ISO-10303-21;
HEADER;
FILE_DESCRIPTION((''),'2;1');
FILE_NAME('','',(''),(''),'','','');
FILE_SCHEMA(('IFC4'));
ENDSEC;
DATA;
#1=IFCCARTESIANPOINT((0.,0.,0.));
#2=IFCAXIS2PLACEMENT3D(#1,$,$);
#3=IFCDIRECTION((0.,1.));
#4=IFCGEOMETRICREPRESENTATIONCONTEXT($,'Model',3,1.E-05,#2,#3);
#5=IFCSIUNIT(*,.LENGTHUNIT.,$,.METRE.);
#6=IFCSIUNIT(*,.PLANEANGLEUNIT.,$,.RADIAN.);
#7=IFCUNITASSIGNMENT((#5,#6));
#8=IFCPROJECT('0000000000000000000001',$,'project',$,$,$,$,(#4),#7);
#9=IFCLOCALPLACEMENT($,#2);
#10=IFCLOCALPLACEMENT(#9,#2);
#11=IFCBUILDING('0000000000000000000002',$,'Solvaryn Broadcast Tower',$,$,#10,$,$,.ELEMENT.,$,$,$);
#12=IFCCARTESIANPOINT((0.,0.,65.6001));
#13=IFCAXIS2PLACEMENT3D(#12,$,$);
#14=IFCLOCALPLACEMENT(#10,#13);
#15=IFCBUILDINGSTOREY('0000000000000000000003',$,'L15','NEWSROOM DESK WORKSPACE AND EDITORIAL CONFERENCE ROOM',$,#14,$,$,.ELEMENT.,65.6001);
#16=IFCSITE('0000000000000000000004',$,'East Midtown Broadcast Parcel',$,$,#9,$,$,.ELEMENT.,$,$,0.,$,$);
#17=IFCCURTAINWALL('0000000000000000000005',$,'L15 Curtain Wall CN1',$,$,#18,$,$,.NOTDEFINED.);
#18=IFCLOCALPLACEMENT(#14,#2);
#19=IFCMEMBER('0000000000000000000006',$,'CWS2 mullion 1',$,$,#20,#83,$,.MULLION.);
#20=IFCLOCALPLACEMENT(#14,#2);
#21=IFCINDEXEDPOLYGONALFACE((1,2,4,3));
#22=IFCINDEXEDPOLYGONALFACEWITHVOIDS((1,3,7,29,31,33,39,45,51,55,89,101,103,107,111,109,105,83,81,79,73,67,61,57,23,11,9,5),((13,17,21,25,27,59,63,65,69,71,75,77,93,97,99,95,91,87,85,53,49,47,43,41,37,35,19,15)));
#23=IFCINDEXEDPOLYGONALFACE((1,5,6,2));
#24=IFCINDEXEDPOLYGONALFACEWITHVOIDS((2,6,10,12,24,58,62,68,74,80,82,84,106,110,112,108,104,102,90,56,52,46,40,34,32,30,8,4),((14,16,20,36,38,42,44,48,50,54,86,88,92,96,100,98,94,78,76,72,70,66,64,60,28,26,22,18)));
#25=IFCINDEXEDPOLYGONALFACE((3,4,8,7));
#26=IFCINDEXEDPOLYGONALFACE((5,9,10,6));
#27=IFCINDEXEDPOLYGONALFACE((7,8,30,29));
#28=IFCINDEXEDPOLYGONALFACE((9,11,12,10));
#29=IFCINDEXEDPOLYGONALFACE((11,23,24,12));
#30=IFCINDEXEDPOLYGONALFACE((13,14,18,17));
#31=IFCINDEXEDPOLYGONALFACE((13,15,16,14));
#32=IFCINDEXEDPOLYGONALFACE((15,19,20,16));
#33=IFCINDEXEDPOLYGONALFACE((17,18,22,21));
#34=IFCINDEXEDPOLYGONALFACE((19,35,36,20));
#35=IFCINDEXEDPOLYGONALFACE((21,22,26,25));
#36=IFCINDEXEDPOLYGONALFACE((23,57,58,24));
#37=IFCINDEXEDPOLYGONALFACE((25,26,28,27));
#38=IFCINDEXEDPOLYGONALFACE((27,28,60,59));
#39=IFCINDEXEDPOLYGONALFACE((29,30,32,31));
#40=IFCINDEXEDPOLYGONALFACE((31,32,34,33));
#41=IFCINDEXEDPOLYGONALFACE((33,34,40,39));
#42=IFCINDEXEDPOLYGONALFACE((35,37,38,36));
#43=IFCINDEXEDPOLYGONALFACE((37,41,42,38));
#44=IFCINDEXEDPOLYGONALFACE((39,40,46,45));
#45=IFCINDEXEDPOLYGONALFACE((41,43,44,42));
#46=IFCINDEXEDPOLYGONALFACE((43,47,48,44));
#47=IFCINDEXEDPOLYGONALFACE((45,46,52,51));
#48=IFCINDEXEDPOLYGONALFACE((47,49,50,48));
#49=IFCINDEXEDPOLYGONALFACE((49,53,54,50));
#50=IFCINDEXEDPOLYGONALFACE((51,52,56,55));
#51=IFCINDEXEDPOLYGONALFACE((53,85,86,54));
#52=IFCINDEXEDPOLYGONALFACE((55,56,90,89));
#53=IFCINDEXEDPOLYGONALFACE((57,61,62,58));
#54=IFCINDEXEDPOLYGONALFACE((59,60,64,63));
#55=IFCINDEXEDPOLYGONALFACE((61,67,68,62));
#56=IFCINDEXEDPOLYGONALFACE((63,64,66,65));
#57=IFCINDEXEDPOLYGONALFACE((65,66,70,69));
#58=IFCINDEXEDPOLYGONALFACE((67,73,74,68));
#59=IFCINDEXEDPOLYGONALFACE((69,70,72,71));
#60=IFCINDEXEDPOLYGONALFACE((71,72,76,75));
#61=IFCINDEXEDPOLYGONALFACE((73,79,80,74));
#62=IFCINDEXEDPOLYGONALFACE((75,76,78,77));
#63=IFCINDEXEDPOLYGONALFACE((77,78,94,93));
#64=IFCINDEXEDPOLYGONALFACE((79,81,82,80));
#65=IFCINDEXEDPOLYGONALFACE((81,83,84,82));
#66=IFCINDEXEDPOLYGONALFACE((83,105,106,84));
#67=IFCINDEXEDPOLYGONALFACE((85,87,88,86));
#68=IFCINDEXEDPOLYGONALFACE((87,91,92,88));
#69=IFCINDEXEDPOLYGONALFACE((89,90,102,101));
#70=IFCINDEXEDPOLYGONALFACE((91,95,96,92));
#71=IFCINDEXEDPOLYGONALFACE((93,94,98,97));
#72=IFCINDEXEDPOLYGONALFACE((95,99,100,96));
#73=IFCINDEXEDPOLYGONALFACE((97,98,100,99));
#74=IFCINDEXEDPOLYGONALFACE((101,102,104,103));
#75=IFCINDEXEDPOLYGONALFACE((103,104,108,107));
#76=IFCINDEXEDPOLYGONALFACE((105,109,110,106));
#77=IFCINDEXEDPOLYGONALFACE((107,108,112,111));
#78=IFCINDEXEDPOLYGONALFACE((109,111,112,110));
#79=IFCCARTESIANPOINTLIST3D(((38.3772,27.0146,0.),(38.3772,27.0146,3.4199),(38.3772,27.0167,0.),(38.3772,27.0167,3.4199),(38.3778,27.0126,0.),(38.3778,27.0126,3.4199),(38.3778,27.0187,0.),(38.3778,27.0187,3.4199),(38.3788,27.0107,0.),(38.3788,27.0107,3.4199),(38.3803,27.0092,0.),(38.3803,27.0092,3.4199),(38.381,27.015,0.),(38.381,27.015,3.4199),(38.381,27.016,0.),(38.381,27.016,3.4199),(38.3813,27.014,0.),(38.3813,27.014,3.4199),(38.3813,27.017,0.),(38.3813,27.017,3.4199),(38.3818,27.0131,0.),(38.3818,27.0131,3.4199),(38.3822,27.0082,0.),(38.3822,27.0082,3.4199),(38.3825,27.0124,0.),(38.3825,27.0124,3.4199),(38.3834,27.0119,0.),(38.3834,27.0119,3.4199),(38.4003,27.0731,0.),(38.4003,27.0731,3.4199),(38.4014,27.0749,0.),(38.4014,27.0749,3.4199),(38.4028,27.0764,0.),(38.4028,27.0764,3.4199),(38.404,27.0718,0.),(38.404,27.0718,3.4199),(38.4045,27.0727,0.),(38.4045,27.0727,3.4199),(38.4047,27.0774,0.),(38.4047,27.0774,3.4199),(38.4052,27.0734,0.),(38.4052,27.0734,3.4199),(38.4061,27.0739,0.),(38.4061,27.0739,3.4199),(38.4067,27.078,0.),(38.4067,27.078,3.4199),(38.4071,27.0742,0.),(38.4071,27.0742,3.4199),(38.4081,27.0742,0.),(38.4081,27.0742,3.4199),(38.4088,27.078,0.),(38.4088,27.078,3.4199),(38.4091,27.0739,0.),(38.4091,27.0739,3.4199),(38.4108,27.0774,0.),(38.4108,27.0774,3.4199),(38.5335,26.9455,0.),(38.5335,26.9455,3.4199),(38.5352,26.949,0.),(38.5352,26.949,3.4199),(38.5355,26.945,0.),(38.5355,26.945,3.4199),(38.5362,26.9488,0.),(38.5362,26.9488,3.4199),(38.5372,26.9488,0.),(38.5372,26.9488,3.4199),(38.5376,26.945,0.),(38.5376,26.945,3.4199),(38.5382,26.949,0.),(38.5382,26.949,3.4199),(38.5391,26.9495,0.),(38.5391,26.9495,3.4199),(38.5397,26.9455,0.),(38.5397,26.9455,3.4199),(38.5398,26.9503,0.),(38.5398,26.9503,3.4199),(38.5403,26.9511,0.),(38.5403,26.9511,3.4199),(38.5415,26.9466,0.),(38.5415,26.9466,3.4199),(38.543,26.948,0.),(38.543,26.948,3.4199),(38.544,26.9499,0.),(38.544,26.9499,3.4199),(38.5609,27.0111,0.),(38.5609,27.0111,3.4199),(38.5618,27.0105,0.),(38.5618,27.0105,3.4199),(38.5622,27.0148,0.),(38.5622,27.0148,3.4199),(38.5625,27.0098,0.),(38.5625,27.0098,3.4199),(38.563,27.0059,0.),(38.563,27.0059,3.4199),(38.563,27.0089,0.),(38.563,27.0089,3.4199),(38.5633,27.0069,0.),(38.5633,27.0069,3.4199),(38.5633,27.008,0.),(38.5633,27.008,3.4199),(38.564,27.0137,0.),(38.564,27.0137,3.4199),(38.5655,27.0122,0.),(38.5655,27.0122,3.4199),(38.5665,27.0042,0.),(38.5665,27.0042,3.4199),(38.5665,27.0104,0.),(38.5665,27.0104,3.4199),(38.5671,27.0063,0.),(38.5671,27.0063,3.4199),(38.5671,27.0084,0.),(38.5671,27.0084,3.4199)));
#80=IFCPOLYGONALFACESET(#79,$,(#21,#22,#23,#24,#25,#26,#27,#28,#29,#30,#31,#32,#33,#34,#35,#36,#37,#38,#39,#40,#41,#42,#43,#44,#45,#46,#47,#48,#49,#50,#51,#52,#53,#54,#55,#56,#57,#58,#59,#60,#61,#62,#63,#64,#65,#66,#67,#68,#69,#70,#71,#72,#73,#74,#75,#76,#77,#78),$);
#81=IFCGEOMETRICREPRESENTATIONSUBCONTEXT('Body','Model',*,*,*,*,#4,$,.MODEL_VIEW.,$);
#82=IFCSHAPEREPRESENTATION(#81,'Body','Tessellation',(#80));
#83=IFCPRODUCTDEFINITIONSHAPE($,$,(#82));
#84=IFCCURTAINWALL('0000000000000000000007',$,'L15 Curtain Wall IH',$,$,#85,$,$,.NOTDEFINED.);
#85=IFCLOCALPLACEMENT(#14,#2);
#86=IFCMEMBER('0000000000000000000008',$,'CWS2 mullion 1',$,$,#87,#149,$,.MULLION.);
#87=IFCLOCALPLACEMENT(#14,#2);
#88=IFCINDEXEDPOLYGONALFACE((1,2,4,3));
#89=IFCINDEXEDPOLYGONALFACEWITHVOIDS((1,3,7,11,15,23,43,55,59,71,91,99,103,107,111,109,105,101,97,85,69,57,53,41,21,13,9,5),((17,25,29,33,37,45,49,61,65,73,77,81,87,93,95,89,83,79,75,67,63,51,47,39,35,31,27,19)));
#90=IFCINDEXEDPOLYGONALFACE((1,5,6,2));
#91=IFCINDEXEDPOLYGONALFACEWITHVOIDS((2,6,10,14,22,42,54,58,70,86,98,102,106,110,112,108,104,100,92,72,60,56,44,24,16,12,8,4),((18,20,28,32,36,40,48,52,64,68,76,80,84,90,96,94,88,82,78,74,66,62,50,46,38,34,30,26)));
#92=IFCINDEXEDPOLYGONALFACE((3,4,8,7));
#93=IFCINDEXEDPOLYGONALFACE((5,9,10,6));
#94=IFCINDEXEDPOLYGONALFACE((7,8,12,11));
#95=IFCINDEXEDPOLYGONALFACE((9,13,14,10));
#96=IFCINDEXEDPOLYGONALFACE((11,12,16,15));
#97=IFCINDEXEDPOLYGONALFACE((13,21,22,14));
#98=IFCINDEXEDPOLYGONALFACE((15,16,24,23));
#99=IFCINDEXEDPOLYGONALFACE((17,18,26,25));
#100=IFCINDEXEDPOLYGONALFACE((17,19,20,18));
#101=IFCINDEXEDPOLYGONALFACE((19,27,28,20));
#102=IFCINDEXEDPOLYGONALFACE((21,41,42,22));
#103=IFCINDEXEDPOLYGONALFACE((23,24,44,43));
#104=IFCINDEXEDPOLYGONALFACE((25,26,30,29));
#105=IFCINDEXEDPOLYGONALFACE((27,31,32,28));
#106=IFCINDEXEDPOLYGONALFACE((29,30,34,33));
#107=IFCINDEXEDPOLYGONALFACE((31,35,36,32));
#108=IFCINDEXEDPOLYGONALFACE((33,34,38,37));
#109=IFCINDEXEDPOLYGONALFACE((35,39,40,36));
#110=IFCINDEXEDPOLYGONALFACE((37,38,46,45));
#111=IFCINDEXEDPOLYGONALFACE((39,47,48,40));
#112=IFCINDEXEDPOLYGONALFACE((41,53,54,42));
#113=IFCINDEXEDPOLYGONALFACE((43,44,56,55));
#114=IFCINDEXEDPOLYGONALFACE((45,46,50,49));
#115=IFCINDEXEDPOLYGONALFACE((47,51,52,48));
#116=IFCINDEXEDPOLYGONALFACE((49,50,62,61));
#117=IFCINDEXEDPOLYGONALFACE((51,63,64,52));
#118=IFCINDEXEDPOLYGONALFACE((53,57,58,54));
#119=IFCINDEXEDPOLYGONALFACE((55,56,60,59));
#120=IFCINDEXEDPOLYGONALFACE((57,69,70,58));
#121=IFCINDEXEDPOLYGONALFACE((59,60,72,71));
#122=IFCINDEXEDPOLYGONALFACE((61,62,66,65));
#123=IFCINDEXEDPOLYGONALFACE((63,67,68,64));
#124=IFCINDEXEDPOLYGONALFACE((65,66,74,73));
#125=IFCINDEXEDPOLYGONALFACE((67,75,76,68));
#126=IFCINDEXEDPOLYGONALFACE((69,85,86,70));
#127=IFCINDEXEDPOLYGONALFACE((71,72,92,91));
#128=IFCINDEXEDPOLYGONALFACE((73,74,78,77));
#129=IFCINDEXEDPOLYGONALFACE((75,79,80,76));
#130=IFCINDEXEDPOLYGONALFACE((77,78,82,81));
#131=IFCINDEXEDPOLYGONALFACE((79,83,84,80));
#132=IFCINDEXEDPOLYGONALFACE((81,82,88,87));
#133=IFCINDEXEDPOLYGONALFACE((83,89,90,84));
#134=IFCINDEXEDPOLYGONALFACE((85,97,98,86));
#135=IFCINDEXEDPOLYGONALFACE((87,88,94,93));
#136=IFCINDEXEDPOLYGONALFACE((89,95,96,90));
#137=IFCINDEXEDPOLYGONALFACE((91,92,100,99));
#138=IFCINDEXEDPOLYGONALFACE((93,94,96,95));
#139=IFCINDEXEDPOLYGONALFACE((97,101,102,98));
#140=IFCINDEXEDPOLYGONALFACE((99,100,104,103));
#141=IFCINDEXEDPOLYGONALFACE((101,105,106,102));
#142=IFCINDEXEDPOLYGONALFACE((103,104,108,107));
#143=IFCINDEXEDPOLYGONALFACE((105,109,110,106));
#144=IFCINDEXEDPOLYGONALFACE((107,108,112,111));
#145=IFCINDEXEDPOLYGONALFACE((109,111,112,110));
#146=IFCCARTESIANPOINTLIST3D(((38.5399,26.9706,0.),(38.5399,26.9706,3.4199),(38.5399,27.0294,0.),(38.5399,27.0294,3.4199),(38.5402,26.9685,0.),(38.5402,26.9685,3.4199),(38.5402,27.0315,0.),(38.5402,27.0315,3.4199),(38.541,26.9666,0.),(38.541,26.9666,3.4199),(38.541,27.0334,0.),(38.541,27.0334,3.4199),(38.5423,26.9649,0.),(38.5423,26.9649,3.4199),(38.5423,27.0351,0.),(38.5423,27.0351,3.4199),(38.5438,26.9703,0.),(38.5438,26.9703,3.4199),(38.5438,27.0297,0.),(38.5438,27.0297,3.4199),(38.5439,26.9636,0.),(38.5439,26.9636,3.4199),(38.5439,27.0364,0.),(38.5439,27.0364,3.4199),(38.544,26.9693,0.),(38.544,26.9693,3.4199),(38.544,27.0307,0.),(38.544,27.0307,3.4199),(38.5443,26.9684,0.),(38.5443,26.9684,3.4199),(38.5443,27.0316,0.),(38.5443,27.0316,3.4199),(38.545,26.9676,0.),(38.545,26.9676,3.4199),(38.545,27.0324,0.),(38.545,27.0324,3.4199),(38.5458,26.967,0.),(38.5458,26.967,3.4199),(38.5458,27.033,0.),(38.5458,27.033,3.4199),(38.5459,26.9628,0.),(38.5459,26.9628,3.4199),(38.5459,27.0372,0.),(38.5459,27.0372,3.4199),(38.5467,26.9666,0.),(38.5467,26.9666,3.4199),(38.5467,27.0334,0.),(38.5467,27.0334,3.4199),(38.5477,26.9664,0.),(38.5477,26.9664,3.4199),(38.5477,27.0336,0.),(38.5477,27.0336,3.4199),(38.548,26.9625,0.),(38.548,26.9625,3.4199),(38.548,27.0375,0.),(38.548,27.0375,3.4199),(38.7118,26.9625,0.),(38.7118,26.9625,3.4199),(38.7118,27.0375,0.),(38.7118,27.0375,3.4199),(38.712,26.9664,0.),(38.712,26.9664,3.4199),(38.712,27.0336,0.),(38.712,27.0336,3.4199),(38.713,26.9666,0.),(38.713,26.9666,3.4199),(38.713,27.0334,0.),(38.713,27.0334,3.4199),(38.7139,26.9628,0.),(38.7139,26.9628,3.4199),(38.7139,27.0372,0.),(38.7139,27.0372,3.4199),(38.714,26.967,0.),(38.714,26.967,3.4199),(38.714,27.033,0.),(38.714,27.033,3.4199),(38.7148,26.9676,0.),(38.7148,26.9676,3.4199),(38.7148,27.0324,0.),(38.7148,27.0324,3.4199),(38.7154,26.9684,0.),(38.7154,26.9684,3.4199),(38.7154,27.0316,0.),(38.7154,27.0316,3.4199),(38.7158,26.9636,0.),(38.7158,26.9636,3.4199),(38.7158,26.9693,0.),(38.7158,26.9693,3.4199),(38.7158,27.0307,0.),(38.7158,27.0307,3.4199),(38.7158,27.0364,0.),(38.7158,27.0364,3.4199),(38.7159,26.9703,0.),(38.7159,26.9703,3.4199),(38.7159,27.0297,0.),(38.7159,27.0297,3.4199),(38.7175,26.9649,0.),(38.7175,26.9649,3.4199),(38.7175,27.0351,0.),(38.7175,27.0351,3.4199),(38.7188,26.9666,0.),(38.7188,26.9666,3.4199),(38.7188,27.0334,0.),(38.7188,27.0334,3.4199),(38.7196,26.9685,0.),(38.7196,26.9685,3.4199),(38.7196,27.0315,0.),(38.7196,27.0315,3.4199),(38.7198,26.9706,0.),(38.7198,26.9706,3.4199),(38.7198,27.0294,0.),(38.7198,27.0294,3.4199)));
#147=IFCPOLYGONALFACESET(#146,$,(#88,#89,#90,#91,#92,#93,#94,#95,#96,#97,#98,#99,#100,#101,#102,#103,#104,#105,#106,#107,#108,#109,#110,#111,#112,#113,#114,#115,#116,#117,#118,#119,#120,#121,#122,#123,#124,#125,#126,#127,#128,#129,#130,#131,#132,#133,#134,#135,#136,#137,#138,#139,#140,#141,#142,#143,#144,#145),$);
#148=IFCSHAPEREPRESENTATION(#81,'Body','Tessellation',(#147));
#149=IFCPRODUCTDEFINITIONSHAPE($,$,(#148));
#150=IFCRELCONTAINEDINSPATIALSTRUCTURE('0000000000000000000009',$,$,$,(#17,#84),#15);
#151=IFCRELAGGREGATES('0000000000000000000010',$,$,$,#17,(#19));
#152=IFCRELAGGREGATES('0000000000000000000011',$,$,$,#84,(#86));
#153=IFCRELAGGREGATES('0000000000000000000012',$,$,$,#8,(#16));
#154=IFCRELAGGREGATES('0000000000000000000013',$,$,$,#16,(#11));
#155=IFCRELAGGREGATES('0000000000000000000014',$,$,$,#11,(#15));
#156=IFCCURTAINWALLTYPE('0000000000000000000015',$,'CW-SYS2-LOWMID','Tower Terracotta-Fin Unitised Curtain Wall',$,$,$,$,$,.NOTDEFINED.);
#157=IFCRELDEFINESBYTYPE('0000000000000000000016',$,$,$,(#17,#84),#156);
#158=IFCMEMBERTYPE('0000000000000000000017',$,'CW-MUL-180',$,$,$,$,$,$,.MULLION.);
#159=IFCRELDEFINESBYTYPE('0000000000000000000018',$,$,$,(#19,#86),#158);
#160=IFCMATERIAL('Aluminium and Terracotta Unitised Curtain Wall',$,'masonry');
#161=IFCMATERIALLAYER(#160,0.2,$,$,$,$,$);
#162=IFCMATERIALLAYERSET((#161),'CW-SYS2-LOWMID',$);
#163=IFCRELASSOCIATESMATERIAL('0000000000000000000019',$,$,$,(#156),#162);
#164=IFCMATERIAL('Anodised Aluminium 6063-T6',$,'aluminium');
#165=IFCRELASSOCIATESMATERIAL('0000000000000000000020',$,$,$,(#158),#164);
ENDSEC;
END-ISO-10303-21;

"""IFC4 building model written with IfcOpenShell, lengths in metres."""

from ifc_helpers import new_model, si_unit, direction, frame, origin, origin_2d, place, context, subcontext, project, spatial, hollow_rectangle, extrude, material, layer, layer_set, material_profile, profile_set, type_object, element, aggregate, save


model = new_model("IFC4")

# Units and contexts
model_context = context("Model", 3, precision=1e-05, world=origin(), true_north=direction((0.0, 1.0)))
body_context = subcontext(model_context, "Body", "Model", "MODEL_VIEW")
ifc_project = project(units=[si_unit("LENGTHUNIT", "METRE"), si_unit("PLANEANGLEUNIT", "RADIAN")], contexts=[model_context])

# Site, building, storey
site_placement = place(None, origin())
site = spatial("IfcSite", under=ifc_project, at=site_placement, Name="East Midtown Broadcast Parcel", CompositionType="ELEMENT", RefElevation=0.0)
building_placement = place(site_placement, origin())
building = spatial("IfcBuilding", under=site, at=building_placement, Name="Solvaryn Broadcast Tower", CompositionType="ELEMENT")
storey_placement = place(building_placement, frame((0.0, 0.0, 65.6001)))
storey = spatial("IfcBuildingStorey", under=building, at=storey_placement, Name="L15", Description="NEWSROOM DESK WORKSPACE AND EDITORIAL CONFERENCE ROOM", CompositionType="ELEMENT", Elevation=65.6001)

# Curtain walls, members
ifc_material_1 = material(Name="Aluminium and Terracotta Unitised Curtain Wall", Category="masonry")
ifc_layer_1 = layer(ifc_material_1, 0.2)
ifc_layer_set_1 = layer_set([ifc_layer_1], Name="CW-SYS2-LOWMID")
curtain_wall_type = type_object("IfcCurtainWallType", Name="CW-SYS2-LOWMID", Description="Tower Terracotta-Fin Unitised Curtain Wall", PredefinedType="NOTDEFINED", material=ifc_layer_set_1)
curtain_wall_1_placement = place(storey_placement, origin())
curtain_wall_1 = element("IfcCurtainWall", 1, at=curtain_wall_1_placement, inside=storey, type_object=curtain_wall_type, Name="L15 Curtain Wall CN1", PredefinedType="NOTDEFINED")
ifc_material_2 = material(Name="Anodised Aluminium 6063-T6", Category="aluminium")
ifc_material_profile_1 = material_profile(ifc_material_2, hollow_rectangle(XDim=0.075, YDim=0.1799, WallThickness=0.0039, InnerFilletRadius=0.0039, OuterFilletRadius=0.0081, at=origin_2d()))
ifc_profile_set_1 = profile_set([ifc_material_profile_1], Name="Anodised Aluminium 6063-T6")
member_type_1 = type_object("IfcMemberType", Name="CW-MUL-180", PredefinedType="MULLION", material=ifc_profile_set_1)
member_1_placement = place(storey_placement, frame((38.4722, 27.0115, 0.0), z_axis=(0.0, 0.0, 1.0), x_axis=(-0.382646, -0.923895, 0.0)))
member_1 = element("IfcMember", 2, at=member_1_placement, type_object=member_type_1, Name="CWS2 mullion 1", PredefinedType="MULLION", context=body_context, shape_type="SweptSolid", body=[
    extrude(hollow_rectangle(XDim=0.075, YDim=0.1799, WallThickness=0.0039, InnerFilletRadius=0.0039, OuterFilletRadius=0.0081, at=origin_2d()), origin(), (0.0, 0.0, 1.0), 3.4199),
])
curtain_wall_2_placement = place(storey_placement, origin())
curtain_wall_2 = element("IfcCurtainWall", 3, at=curtain_wall_2_placement, inside=storey, type_object=curtain_wall_type, Name="L15 Curtain Wall IH", PredefinedType="NOTDEFINED")
member_2_placement = place(storey_placement, frame((38.6299, 27.0, 0.0), z_axis=(0.0, 0.0, 1.0), x_axis=(0.0, 1.0, 0.0)))
member_2 = element("IfcMember", 4, at=member_2_placement, type_object=member_type_1, Name="CWS2 mullion 1", PredefinedType="MULLION", context=body_context, shape_type="SweptSolid", body=[
    extrude(hollow_rectangle(XDim=0.075, YDim=0.1799, WallThickness=0.0039, InnerFilletRadius=0.0039, OuterFilletRadius=0.0081, at=origin_2d()), origin(), (0.0, 0.0, 1.0), 3.4199),
])

aggregate(curtain_wall_1, [member_1])
aggregate(curtain_wall_2, [member_2])

save(model, "model.ifc")
